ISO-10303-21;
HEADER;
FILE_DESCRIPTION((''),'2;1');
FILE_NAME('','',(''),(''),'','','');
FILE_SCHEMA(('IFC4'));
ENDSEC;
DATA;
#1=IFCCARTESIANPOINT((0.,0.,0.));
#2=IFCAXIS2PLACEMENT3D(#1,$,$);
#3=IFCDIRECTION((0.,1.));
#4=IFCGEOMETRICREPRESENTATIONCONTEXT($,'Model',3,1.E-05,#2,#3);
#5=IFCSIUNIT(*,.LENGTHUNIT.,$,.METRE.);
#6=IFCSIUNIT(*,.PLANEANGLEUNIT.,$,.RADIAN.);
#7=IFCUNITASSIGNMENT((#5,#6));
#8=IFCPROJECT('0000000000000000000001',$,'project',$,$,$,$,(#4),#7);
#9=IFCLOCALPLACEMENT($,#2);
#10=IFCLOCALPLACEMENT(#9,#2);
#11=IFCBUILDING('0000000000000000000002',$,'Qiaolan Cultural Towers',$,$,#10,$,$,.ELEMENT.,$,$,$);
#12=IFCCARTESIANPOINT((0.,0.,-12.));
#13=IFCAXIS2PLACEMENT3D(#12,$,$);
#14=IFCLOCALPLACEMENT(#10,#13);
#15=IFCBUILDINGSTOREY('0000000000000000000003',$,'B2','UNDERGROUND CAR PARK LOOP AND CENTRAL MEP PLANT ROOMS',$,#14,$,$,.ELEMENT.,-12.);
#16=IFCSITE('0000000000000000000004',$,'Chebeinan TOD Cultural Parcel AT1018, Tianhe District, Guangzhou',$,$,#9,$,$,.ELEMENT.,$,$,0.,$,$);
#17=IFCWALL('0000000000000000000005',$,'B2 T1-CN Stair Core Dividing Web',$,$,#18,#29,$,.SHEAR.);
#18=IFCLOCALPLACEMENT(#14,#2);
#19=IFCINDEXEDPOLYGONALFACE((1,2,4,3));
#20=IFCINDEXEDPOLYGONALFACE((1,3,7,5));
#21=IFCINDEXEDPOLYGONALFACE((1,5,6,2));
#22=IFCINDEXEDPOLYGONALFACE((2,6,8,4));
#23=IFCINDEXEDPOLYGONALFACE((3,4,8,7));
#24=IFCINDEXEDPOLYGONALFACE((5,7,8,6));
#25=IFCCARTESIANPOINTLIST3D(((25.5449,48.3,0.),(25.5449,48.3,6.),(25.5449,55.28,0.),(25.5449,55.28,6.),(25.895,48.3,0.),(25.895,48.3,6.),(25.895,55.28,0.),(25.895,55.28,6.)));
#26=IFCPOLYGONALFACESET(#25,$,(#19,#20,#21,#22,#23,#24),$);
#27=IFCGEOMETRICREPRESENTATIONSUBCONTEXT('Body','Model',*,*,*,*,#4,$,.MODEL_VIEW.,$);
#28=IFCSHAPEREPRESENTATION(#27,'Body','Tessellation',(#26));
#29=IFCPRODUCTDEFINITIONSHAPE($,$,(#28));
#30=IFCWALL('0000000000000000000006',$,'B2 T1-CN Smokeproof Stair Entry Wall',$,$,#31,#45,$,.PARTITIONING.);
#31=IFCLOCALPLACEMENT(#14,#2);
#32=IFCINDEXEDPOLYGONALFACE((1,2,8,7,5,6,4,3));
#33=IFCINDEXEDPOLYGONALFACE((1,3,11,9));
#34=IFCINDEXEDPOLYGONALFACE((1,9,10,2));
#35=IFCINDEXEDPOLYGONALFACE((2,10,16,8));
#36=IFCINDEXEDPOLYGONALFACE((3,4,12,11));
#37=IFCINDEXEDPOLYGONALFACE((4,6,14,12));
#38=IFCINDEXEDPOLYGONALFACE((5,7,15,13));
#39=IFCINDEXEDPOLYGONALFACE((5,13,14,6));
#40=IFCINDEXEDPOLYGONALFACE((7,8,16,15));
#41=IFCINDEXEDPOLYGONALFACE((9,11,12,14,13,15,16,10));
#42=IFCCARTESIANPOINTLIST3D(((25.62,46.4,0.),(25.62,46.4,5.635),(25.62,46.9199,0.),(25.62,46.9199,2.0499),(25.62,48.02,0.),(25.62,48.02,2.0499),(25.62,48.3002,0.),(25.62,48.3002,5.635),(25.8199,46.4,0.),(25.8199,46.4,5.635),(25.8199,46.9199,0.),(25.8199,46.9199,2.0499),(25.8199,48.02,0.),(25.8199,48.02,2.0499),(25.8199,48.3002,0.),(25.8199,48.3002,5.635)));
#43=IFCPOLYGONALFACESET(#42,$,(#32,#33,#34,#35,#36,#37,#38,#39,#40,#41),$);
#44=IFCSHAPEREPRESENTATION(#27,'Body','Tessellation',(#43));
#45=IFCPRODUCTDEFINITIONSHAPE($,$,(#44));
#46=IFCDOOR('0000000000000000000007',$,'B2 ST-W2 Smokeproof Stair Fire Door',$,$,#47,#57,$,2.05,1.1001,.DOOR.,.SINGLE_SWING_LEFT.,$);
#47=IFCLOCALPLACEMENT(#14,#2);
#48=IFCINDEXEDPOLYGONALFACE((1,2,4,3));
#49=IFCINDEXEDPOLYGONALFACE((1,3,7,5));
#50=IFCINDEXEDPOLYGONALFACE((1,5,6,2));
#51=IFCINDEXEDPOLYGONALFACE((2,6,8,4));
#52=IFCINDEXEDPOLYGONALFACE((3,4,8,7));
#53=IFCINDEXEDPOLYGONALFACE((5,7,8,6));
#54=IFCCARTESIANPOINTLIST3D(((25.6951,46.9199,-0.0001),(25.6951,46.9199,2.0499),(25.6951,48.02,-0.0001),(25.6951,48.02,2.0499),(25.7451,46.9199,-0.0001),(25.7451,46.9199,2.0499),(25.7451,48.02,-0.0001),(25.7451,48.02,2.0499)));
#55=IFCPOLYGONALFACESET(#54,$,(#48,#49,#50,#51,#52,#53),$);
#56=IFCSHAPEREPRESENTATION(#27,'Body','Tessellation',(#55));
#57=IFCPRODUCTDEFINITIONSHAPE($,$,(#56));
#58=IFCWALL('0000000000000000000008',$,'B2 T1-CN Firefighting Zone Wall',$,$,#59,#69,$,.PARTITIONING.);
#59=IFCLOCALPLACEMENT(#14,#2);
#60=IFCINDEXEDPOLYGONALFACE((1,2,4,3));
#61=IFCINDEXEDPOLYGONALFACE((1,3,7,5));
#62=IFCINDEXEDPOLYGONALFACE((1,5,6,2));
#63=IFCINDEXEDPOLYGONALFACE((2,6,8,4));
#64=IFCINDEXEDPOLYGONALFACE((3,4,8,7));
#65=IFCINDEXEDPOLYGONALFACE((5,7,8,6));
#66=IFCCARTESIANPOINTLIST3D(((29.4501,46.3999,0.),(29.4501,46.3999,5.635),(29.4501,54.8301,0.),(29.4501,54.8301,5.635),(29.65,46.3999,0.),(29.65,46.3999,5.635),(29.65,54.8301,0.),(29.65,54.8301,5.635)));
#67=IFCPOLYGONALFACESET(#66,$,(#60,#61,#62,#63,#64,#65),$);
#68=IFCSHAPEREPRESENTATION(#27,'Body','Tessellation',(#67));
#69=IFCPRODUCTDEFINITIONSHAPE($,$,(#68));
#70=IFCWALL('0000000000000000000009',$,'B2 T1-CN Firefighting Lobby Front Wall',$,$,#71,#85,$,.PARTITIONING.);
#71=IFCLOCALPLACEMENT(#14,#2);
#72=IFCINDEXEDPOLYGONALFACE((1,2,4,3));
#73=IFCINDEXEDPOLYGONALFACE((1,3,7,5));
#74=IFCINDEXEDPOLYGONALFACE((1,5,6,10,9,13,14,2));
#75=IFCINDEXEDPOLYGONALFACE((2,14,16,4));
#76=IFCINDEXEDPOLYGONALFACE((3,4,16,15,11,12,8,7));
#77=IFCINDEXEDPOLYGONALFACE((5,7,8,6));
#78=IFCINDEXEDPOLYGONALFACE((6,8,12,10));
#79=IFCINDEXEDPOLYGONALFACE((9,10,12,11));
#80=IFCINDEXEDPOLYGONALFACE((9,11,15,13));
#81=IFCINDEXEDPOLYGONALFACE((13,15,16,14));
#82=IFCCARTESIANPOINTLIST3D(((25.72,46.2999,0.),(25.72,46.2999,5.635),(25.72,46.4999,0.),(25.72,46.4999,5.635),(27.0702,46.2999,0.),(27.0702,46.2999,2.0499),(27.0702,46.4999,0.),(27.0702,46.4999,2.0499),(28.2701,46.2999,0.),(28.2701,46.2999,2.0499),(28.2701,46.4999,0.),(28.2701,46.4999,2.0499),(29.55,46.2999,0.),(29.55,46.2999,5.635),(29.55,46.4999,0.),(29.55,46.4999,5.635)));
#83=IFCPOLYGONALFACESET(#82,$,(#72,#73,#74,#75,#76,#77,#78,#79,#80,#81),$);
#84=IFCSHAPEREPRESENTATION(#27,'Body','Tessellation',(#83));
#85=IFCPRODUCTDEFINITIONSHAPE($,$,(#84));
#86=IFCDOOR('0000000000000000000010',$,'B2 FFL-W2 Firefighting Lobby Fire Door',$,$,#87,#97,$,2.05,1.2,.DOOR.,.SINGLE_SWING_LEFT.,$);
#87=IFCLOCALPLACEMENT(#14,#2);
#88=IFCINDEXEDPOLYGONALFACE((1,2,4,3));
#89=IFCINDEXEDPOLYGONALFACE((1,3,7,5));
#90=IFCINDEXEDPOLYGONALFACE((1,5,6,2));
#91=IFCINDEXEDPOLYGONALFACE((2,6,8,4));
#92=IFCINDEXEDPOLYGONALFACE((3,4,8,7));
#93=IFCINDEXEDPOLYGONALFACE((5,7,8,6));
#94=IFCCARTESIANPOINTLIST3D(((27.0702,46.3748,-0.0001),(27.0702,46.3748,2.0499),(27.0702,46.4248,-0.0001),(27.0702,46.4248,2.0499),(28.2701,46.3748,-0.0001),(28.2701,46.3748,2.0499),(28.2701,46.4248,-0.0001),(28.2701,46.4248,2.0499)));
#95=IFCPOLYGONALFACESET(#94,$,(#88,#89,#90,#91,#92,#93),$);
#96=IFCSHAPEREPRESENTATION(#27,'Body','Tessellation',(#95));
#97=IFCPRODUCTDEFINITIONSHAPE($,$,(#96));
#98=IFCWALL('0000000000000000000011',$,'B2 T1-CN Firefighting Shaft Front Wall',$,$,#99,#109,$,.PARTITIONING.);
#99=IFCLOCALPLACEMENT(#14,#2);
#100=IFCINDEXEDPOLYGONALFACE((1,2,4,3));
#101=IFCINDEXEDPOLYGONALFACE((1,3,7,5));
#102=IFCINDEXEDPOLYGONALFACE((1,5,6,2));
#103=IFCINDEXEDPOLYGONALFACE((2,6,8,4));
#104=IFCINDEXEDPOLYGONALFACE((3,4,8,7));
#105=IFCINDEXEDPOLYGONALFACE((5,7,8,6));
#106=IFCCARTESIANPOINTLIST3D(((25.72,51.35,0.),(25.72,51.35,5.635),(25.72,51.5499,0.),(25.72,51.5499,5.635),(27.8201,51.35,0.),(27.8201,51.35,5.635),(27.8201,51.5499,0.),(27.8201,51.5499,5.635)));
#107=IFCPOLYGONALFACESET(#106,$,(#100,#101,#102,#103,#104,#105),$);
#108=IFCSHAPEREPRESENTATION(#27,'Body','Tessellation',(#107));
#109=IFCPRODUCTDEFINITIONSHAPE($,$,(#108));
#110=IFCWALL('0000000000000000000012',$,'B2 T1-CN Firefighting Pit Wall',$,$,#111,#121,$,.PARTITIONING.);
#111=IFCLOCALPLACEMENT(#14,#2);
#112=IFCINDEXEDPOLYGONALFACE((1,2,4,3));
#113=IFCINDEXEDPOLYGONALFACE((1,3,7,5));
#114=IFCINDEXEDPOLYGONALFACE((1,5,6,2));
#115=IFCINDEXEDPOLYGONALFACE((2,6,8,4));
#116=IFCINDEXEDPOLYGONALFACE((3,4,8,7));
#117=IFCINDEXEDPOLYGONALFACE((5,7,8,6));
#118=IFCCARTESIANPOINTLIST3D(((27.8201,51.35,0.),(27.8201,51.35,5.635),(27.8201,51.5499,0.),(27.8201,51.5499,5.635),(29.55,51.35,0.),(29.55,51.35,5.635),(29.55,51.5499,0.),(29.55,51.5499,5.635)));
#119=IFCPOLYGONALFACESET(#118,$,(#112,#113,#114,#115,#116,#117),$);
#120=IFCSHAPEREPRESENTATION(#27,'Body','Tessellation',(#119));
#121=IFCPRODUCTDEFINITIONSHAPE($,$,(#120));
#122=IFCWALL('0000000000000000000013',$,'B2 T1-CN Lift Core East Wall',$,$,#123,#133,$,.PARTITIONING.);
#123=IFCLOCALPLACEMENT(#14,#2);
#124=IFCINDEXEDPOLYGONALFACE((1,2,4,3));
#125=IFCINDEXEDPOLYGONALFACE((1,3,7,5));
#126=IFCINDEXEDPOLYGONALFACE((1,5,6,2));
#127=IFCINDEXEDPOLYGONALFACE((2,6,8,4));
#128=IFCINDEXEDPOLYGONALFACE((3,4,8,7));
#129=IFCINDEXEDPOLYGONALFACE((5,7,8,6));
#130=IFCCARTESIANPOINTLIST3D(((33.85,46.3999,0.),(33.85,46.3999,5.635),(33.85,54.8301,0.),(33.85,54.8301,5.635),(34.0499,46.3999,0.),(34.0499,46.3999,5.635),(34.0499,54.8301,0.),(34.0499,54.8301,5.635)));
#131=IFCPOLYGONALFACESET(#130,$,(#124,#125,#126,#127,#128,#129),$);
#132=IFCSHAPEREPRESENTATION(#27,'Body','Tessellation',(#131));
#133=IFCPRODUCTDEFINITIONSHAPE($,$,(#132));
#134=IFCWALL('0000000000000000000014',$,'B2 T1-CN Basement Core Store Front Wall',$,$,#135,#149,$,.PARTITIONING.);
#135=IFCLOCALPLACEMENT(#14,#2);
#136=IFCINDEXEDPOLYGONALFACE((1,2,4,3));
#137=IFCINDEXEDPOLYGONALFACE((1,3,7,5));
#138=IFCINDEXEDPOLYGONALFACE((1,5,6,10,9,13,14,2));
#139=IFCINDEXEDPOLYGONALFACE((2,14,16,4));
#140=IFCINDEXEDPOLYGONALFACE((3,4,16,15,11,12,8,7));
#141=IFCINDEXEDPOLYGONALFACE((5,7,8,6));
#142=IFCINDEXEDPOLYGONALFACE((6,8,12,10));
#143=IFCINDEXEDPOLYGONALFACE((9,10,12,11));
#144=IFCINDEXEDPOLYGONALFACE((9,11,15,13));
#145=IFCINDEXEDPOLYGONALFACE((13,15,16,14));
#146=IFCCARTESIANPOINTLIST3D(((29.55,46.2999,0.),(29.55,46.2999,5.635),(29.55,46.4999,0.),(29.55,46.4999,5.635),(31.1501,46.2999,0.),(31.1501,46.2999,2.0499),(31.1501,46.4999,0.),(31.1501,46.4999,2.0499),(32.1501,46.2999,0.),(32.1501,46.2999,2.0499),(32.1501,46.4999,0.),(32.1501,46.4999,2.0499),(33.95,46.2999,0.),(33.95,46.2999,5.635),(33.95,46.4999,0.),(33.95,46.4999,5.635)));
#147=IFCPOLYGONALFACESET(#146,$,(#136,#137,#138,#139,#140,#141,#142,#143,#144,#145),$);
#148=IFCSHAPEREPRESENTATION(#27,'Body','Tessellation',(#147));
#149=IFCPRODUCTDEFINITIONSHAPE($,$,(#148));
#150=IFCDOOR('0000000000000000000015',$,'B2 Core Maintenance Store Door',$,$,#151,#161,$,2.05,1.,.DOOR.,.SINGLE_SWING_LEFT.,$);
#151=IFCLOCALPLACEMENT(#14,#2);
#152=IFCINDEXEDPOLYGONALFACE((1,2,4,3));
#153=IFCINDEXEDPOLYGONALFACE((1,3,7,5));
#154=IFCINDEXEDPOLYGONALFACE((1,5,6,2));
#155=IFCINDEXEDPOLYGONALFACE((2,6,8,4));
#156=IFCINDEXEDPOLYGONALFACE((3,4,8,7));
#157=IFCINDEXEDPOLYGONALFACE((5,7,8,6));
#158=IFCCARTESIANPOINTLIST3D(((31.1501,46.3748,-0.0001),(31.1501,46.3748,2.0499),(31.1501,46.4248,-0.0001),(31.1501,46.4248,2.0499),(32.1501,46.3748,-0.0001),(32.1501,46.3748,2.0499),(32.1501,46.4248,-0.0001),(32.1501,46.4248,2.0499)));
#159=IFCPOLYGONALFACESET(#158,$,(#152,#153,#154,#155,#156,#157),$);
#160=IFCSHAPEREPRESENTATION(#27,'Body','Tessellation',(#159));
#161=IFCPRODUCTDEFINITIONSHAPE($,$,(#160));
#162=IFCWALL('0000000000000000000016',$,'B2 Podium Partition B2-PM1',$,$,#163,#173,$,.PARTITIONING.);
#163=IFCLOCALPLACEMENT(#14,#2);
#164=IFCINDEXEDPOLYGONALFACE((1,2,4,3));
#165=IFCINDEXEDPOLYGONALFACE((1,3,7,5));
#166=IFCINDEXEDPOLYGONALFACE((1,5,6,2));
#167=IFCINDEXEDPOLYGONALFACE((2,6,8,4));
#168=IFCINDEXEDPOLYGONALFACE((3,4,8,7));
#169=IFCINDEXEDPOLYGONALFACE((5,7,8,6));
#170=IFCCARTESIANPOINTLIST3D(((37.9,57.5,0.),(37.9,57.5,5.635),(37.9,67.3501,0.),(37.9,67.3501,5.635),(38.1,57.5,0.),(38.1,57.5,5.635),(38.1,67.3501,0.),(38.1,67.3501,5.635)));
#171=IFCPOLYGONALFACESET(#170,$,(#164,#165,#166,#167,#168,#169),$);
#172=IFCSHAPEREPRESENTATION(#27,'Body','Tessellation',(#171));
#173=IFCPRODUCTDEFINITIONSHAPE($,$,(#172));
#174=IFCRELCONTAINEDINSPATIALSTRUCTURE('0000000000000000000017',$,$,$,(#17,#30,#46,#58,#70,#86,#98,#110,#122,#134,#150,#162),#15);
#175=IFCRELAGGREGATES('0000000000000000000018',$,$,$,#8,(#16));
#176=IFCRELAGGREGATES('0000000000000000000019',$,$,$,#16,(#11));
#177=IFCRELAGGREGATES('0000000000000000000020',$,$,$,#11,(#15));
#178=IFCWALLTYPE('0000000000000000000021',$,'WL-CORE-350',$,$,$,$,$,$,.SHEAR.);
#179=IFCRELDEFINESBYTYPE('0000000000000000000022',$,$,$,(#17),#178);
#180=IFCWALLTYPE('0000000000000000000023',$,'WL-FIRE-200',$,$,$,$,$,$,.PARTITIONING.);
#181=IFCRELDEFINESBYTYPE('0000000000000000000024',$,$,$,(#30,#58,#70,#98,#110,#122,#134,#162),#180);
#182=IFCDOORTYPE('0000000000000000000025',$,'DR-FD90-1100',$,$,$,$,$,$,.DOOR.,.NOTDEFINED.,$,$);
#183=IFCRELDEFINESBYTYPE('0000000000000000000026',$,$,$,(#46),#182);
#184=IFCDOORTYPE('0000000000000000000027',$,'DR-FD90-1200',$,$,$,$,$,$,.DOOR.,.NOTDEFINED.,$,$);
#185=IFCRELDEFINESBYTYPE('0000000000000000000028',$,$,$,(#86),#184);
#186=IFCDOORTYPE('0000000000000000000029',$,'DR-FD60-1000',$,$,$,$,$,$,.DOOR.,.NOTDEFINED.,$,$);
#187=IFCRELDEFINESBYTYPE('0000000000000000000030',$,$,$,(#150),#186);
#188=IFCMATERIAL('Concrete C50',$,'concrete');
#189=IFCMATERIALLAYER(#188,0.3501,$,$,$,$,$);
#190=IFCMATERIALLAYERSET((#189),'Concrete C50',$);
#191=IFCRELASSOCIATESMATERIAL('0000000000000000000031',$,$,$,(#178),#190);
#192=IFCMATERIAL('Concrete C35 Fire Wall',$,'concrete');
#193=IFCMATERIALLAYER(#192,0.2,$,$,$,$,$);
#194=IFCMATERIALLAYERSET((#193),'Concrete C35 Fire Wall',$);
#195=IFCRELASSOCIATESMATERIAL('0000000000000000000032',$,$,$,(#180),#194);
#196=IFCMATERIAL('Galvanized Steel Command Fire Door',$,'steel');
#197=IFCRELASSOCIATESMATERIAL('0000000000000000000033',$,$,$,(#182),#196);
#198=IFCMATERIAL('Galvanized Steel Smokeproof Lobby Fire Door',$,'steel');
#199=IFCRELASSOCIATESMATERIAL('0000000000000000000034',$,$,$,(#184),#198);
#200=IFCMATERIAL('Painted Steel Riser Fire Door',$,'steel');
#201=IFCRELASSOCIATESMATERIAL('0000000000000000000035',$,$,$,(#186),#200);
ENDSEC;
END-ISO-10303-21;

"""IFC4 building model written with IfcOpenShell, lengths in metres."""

from ifc_helpers import new_model, si_unit, direction, frame, frame_2d, origin, place, context, subcontext, project, spatial, rectangle, extrude, material, layer, layer_set, type_object, element, fill, save


model = new_model("IFC4")

# Units and contexts
model_context = context("Model", 3, precision=1e-05, world=origin(), true_north=direction((0.0, 1.0)))
body_context = subcontext(model_context, "Body", "Model", "MODEL_VIEW")
ifc_project = project(units=[si_unit("LENGTHUNIT", "METRE"), si_unit("PLANEANGLEUNIT", "RADIAN")], contexts=[model_context])

# Site, building, storey
site_placement = place(None, origin())
site = spatial("IfcSite", under=ifc_project, at=site_placement, Name="Chebeinan TOD Cultural Parcel AT1018, Tianhe District, Guangzhou", CompositionType="ELEMENT", RefElevation=0.0)
building_placement = place(site_placement, origin())
building = spatial("IfcBuilding", under=site, at=building_placement, Name="Qiaolan Cultural Towers", CompositionType="ELEMENT")
storey_placement = place(building_placement, frame((0.0, 0.0, -12.0)))
storey = spatial("IfcBuildingStorey", under=building, at=storey_placement, Name="B2", Description="UNDERGROUND CAR PARK LOOP AND CENTRAL MEP PLANT ROOMS", CompositionType="ELEMENT", Elevation=-12.0)

# Wall
ifc_material_1 = material(Name="Concrete C50", Category="concrete")
ifc_layer_1 = layer(ifc_material_1, 0.3501)
ifc_layer_set_1 = layer_set([ifc_layer_1], Name="Concrete C50")
wall_type_1 = type_object("IfcWallType", Name="WL-CORE-350", PredefinedType="SHEAR", material=ifc_layer_set_1)
wall_1_placement = place(storey_placement, frame((25.72, 48.3, 0.0), z_axis=(0.0, 0.0, 1.0), x_axis=(0.0, 1.0, 0.0)))
element("IfcWall", 1, at=wall_1_placement, inside=storey, type_object=wall_type_1, Name="B2 T1-CN Stair Core Dividing Web", PredefinedType="SHEAR", context=body_context, shape_type="SweptSolid", body=[
    extrude(rectangle(XDim=6.98, YDim=0.3501, at=frame_2d((3.49, 0.0))), origin(), (0.0, 0.0, 1.0), 6.0),
])

# Wall, opening, door
ifc_material_2 = material(Name="Concrete C35 Fire Wall", Category="concrete")
ifc_layer_2 = layer(ifc_material_2, 0.2)
ifc_layer_set_2 = layer_set([ifc_layer_2], Name="Concrete C35 Fire Wall")
wall_type_2 = type_object("IfcWallType", Name="WL-FIRE-200", PredefinedType="PARTITIONING", material=ifc_layer_set_2)
wall_2_placement = place(storey_placement, frame((25.72, 46.3999, 0.0), z_axis=(0.0, 0.0, 1.0), x_axis=(0.0, 1.0, 0.0)))
wall_2 = element("IfcWall", 2, at=wall_2_placement, inside=storey, type_object=wall_type_2, Name="B2 T1-CN Smokeproof Stair Entry Wall", PredefinedType="PARTITIONING", context=body_context, shape_type="SweptSolid", body=[
    extrude(rectangle(XDim=1.9001, YDim=0.2, at=frame_2d((0.9502, 0.0))), origin(), (0.0, 0.0, 1.0), 5.635),
])
opening_1_placement = place(wall_2_placement, frame((0.52, 0.0, 0.0)))
opening_1 = element("IfcOpeningElement", 3, at=opening_1_placement, cuts=wall_2, PredefinedType="OPENING", context=body_context, shape_type="SweptSolid", body=[
    extrude(rectangle(XDim=1.1001, YDim=2.05, at=frame_2d((0.55, 1.0249))), frame((0.0, 0.1099, 0.0), z_axis=(0.0, -1.0, 0.0), x_axis=(1.0, 0.0, 0.0)), (0.0, 0.0, 1.0), 0.22),
])
ifc_material_3 = material(Name="Galvanized Steel Command Fire Door", Category="steel")
door_type_1 = type_object("IfcDoorType", Name="DR-FD90-1100", OperationType="NOTDEFINED", PredefinedType="DOOR", material=ifc_material_3)
door_1_placement = place(opening_1_placement, origin())
door_1 = element("IfcDoor", 4, at=door_1_placement, inside=storey, type_object=door_type_1, Name="B2 ST-W2 Smokeproof Stair Fire Door", OperationType="SINGLE_SWING_LEFT", OverallHeight=2.05, OverallWidth=1.1001, PredefinedType="DOOR", context=body_context, shape_type="SweptSolid", body=[
    extrude(rectangle(XDim=1.1001, YDim=2.05, at=frame_2d((0.55, 1.0249))), frame((0.0, 0.0249, 0.0), z_axis=(0.0, -1.0, 0.0), x_axis=(1.0, 0.0, 0.0)), (0.0, 0.0, 1.0), 0.05),
])
fill(opening_1, door_1)

# Wall
wall_3_placement = place(storey_placement, frame((29.55, 46.3999, 0.0), z_axis=(0.0, 0.0, 1.0), x_axis=(0.0, 1.0, 0.0)))
element("IfcWall", 5, at=wall_3_placement, inside=storey, type_object=wall_type_2, Name="B2 T1-CN Firefighting Zone Wall", PredefinedType="PARTITIONING", context=body_context, shape_type="SweptSolid", body=[
    extrude(rectangle(XDim=8.4302, YDim=0.2, at=frame_2d((4.2151, 0.0))), origin(), (0.0, 0.0, 1.0), 5.635),
])

# Wall, opening, door
wall_4_placement = place(storey_placement, frame((25.72, 46.3999, 0.0), z_axis=(0.0, 0.0, 1.0), x_axis=(1.0, 0.0, 0.0)))
wall_4 = element("IfcWall", 6, at=wall_4_placement, inside=storey, type_object=wall_type_2, Name="B2 T1-CN Firefighting Lobby Front Wall", PredefinedType="PARTITIONING", context=body_context, shape_type="SweptSolid", body=[
    extrude(rectangle(XDim=3.8301, YDim=0.2, at=frame_2d((1.915, 0.0))), origin(), (0.0, 0.0, 1.0), 5.635),
])
opening_2_placement = place(wall_4_placement, frame((1.3501, 0.0, 0.0)))
opening_2 = element("IfcOpeningElement", 7, at=opening_2_placement, cuts=wall_4, PredefinedType="OPENING", context=body_context, shape_type="SweptSolid", body=[
    extrude(rectangle(XDim=1.2, YDim=2.05, at=frame_2d((0.6001, 1.0249))), frame((0.0, 0.1099, 0.0), z_axis=(0.0, -1.0, 0.0), x_axis=(1.0, 0.0, 0.0)), (0.0, 0.0, 1.0), 0.22),
])
ifc_material_4 = material(Name="Galvanized Steel Smokeproof Lobby Fire Door", Category="steel")
door_type_2 = type_object("IfcDoorType", Name="DR-FD90-1200", OperationType="NOTDEFINED", PredefinedType="DOOR", material=ifc_material_4)
door_2_placement = place(opening_2_placement, origin())
door_2 = element("IfcDoor", 8, at=door_2_placement, inside=storey, type_object=door_type_2, Name="B2 FFL-W2 Firefighting Lobby Fire Door", OperationType="SINGLE_SWING_LEFT", OverallHeight=2.05, OverallWidth=1.2, PredefinedType="DOOR", context=body_context, shape_type="SweptSolid", body=[
    extrude(rectangle(XDim=1.2, YDim=2.05, at=frame_2d((0.6001, 1.0249))), frame((0.0, 0.0249, 0.0), z_axis=(0.0, -1.0, 0.0), x_axis=(1.0, 0.0, 0.0)), (0.0, 0.0, 1.0), 0.05),
])
fill(opening_2, door_2)

# Walls
wall_5_placement = place(storey_placement, frame((25.72, 51.45, 0.0), z_axis=(0.0, 0.0, 1.0), x_axis=(1.0, 0.0, 0.0)))
element("IfcWall", 9, at=wall_5_placement, inside=storey, type_object=wall_type_2, Name="B2 T1-CN Firefighting Shaft Front Wall", PredefinedType="PARTITIONING", context=body_context, shape_type="SweptSolid", body=[
    extrude(rectangle(XDim=2.1001, YDim=0.2, at=frame_2d((1.05, 0.0))), origin(), (0.0, 0.0, 1.0), 5.635),
])
wall_6_placement = place(storey_placement, frame((27.8201, 51.45, 0.0), z_axis=(0.0, 0.0, 1.0), x_axis=(1.0, 0.0, 0.0)))
element("IfcWall", 10, at=wall_6_placement, inside=storey, type_object=wall_type_2, Name="B2 T1-CN Firefighting Pit Wall", PredefinedType="PARTITIONING", context=body_context, shape_type="SweptSolid", body=[
    extrude(rectangle(XDim=1.73, YDim=0.2, at=frame_2d((0.865, 0.0))), origin(), (0.0, 0.0, 1.0), 5.635),
])
wall_7_placement = place(storey_placement, frame((33.95, 46.3999, 0.0), z_axis=(0.0, 0.0, 1.0), x_axis=(0.0, 1.0, 0.0)))
element("IfcWall", 11, at=wall_7_placement, inside=storey, type_object=wall_type_2, Name="B2 T1-CN Lift Core East Wall", PredefinedType="PARTITIONING", context=body_context, shape_type="SweptSolid", body=[
    extrude(rectangle(XDim=8.4302, YDim=0.2, at=frame_2d((4.2151, 0.0))), origin(), (0.0, 0.0, 1.0), 5.635),
])

# Wall, opening, door
wall_8_placement = place(storey_placement, frame((29.55, 46.3999, 0.0), z_axis=(0.0, 0.0, 1.0), x_axis=(1.0, 0.0, 0.0)))
wall_8 = element("IfcWall", 12, at=wall_8_placement, inside=storey, type_object=wall_type_2, Name="B2 T1-CN Basement Core Store Front Wall", PredefinedType="PARTITIONING", context=body_context, shape_type="SweptSolid", body=[
    extrude(rectangle(XDim=4.3999, YDim=0.2, at=frame_2d((2.2, 0.0))), origin(), (0.0, 0.0, 1.0), 5.635),
])
opening_3_placement = place(wall_8_placement, frame((1.6001, 0.0, 0.0)))
opening_3 = element("IfcOpeningElement", 13, at=opening_3_placement, cuts=wall_8, PredefinedType="OPENING", context=body_context, shape_type="SweptSolid", body=[
    extrude(rectangle(XDim=1.0, YDim=2.05, at=frame_2d((0.5, 1.0249))), frame((0.0, 0.1099, 0.0), z_axis=(0.0, -1.0, 0.0), x_axis=(1.0, 0.0, 0.0)), (0.0, 0.0, 1.0), 0.22),
])
ifc_material_5 = material(Name="Painted Steel Riser Fire Door", Category="steel")
door_type_3 = type_object("IfcDoorType", Name="DR-FD60-1000", OperationType="NOTDEFINED", PredefinedType="DOOR", material=ifc_material_5)
door_3_placement = place(opening_3_placement, origin())
door_3 = element("IfcDoor", 14, at=door_3_placement, inside=storey, type_object=door_type_3, Name="B2 Core Maintenance Store Door", OperationType="SINGLE_SWING_LEFT", OverallHeight=2.05, OverallWidth=1.0, PredefinedType="DOOR", context=body_context, shape_type="SweptSolid", body=[
    extrude(rectangle(XDim=1.0, YDim=2.05, at=frame_2d((0.5, 1.0249))), frame((0.0, 0.0249, 0.0), z_axis=(0.0, -1.0, 0.0), x_axis=(1.0, 0.0, 0.0)), (0.0, 0.0, 1.0), 0.05),
])
fill(opening_3, door_3)

# Wall
wall_9_placement = place(storey_placement, frame((38.0, 57.5, 0.0), z_axis=(0.0, 0.0, 1.0), x_axis=(0.0, 1.0, 0.0)))
element("IfcWall", 15, at=wall_9_placement, inside=storey, type_object=wall_type_2, Name="B2 Podium Partition B2-PM1", PredefinedType="PARTITIONING", context=body_context, shape_type="SweptSolid", body=[
    extrude(rectangle(XDim=9.8501, YDim=0.2, at=frame_2d((4.925, 0.0))), origin(), (0.0, 0.0, 1.0), 5.635),
])

save(model, "model.ifc")
